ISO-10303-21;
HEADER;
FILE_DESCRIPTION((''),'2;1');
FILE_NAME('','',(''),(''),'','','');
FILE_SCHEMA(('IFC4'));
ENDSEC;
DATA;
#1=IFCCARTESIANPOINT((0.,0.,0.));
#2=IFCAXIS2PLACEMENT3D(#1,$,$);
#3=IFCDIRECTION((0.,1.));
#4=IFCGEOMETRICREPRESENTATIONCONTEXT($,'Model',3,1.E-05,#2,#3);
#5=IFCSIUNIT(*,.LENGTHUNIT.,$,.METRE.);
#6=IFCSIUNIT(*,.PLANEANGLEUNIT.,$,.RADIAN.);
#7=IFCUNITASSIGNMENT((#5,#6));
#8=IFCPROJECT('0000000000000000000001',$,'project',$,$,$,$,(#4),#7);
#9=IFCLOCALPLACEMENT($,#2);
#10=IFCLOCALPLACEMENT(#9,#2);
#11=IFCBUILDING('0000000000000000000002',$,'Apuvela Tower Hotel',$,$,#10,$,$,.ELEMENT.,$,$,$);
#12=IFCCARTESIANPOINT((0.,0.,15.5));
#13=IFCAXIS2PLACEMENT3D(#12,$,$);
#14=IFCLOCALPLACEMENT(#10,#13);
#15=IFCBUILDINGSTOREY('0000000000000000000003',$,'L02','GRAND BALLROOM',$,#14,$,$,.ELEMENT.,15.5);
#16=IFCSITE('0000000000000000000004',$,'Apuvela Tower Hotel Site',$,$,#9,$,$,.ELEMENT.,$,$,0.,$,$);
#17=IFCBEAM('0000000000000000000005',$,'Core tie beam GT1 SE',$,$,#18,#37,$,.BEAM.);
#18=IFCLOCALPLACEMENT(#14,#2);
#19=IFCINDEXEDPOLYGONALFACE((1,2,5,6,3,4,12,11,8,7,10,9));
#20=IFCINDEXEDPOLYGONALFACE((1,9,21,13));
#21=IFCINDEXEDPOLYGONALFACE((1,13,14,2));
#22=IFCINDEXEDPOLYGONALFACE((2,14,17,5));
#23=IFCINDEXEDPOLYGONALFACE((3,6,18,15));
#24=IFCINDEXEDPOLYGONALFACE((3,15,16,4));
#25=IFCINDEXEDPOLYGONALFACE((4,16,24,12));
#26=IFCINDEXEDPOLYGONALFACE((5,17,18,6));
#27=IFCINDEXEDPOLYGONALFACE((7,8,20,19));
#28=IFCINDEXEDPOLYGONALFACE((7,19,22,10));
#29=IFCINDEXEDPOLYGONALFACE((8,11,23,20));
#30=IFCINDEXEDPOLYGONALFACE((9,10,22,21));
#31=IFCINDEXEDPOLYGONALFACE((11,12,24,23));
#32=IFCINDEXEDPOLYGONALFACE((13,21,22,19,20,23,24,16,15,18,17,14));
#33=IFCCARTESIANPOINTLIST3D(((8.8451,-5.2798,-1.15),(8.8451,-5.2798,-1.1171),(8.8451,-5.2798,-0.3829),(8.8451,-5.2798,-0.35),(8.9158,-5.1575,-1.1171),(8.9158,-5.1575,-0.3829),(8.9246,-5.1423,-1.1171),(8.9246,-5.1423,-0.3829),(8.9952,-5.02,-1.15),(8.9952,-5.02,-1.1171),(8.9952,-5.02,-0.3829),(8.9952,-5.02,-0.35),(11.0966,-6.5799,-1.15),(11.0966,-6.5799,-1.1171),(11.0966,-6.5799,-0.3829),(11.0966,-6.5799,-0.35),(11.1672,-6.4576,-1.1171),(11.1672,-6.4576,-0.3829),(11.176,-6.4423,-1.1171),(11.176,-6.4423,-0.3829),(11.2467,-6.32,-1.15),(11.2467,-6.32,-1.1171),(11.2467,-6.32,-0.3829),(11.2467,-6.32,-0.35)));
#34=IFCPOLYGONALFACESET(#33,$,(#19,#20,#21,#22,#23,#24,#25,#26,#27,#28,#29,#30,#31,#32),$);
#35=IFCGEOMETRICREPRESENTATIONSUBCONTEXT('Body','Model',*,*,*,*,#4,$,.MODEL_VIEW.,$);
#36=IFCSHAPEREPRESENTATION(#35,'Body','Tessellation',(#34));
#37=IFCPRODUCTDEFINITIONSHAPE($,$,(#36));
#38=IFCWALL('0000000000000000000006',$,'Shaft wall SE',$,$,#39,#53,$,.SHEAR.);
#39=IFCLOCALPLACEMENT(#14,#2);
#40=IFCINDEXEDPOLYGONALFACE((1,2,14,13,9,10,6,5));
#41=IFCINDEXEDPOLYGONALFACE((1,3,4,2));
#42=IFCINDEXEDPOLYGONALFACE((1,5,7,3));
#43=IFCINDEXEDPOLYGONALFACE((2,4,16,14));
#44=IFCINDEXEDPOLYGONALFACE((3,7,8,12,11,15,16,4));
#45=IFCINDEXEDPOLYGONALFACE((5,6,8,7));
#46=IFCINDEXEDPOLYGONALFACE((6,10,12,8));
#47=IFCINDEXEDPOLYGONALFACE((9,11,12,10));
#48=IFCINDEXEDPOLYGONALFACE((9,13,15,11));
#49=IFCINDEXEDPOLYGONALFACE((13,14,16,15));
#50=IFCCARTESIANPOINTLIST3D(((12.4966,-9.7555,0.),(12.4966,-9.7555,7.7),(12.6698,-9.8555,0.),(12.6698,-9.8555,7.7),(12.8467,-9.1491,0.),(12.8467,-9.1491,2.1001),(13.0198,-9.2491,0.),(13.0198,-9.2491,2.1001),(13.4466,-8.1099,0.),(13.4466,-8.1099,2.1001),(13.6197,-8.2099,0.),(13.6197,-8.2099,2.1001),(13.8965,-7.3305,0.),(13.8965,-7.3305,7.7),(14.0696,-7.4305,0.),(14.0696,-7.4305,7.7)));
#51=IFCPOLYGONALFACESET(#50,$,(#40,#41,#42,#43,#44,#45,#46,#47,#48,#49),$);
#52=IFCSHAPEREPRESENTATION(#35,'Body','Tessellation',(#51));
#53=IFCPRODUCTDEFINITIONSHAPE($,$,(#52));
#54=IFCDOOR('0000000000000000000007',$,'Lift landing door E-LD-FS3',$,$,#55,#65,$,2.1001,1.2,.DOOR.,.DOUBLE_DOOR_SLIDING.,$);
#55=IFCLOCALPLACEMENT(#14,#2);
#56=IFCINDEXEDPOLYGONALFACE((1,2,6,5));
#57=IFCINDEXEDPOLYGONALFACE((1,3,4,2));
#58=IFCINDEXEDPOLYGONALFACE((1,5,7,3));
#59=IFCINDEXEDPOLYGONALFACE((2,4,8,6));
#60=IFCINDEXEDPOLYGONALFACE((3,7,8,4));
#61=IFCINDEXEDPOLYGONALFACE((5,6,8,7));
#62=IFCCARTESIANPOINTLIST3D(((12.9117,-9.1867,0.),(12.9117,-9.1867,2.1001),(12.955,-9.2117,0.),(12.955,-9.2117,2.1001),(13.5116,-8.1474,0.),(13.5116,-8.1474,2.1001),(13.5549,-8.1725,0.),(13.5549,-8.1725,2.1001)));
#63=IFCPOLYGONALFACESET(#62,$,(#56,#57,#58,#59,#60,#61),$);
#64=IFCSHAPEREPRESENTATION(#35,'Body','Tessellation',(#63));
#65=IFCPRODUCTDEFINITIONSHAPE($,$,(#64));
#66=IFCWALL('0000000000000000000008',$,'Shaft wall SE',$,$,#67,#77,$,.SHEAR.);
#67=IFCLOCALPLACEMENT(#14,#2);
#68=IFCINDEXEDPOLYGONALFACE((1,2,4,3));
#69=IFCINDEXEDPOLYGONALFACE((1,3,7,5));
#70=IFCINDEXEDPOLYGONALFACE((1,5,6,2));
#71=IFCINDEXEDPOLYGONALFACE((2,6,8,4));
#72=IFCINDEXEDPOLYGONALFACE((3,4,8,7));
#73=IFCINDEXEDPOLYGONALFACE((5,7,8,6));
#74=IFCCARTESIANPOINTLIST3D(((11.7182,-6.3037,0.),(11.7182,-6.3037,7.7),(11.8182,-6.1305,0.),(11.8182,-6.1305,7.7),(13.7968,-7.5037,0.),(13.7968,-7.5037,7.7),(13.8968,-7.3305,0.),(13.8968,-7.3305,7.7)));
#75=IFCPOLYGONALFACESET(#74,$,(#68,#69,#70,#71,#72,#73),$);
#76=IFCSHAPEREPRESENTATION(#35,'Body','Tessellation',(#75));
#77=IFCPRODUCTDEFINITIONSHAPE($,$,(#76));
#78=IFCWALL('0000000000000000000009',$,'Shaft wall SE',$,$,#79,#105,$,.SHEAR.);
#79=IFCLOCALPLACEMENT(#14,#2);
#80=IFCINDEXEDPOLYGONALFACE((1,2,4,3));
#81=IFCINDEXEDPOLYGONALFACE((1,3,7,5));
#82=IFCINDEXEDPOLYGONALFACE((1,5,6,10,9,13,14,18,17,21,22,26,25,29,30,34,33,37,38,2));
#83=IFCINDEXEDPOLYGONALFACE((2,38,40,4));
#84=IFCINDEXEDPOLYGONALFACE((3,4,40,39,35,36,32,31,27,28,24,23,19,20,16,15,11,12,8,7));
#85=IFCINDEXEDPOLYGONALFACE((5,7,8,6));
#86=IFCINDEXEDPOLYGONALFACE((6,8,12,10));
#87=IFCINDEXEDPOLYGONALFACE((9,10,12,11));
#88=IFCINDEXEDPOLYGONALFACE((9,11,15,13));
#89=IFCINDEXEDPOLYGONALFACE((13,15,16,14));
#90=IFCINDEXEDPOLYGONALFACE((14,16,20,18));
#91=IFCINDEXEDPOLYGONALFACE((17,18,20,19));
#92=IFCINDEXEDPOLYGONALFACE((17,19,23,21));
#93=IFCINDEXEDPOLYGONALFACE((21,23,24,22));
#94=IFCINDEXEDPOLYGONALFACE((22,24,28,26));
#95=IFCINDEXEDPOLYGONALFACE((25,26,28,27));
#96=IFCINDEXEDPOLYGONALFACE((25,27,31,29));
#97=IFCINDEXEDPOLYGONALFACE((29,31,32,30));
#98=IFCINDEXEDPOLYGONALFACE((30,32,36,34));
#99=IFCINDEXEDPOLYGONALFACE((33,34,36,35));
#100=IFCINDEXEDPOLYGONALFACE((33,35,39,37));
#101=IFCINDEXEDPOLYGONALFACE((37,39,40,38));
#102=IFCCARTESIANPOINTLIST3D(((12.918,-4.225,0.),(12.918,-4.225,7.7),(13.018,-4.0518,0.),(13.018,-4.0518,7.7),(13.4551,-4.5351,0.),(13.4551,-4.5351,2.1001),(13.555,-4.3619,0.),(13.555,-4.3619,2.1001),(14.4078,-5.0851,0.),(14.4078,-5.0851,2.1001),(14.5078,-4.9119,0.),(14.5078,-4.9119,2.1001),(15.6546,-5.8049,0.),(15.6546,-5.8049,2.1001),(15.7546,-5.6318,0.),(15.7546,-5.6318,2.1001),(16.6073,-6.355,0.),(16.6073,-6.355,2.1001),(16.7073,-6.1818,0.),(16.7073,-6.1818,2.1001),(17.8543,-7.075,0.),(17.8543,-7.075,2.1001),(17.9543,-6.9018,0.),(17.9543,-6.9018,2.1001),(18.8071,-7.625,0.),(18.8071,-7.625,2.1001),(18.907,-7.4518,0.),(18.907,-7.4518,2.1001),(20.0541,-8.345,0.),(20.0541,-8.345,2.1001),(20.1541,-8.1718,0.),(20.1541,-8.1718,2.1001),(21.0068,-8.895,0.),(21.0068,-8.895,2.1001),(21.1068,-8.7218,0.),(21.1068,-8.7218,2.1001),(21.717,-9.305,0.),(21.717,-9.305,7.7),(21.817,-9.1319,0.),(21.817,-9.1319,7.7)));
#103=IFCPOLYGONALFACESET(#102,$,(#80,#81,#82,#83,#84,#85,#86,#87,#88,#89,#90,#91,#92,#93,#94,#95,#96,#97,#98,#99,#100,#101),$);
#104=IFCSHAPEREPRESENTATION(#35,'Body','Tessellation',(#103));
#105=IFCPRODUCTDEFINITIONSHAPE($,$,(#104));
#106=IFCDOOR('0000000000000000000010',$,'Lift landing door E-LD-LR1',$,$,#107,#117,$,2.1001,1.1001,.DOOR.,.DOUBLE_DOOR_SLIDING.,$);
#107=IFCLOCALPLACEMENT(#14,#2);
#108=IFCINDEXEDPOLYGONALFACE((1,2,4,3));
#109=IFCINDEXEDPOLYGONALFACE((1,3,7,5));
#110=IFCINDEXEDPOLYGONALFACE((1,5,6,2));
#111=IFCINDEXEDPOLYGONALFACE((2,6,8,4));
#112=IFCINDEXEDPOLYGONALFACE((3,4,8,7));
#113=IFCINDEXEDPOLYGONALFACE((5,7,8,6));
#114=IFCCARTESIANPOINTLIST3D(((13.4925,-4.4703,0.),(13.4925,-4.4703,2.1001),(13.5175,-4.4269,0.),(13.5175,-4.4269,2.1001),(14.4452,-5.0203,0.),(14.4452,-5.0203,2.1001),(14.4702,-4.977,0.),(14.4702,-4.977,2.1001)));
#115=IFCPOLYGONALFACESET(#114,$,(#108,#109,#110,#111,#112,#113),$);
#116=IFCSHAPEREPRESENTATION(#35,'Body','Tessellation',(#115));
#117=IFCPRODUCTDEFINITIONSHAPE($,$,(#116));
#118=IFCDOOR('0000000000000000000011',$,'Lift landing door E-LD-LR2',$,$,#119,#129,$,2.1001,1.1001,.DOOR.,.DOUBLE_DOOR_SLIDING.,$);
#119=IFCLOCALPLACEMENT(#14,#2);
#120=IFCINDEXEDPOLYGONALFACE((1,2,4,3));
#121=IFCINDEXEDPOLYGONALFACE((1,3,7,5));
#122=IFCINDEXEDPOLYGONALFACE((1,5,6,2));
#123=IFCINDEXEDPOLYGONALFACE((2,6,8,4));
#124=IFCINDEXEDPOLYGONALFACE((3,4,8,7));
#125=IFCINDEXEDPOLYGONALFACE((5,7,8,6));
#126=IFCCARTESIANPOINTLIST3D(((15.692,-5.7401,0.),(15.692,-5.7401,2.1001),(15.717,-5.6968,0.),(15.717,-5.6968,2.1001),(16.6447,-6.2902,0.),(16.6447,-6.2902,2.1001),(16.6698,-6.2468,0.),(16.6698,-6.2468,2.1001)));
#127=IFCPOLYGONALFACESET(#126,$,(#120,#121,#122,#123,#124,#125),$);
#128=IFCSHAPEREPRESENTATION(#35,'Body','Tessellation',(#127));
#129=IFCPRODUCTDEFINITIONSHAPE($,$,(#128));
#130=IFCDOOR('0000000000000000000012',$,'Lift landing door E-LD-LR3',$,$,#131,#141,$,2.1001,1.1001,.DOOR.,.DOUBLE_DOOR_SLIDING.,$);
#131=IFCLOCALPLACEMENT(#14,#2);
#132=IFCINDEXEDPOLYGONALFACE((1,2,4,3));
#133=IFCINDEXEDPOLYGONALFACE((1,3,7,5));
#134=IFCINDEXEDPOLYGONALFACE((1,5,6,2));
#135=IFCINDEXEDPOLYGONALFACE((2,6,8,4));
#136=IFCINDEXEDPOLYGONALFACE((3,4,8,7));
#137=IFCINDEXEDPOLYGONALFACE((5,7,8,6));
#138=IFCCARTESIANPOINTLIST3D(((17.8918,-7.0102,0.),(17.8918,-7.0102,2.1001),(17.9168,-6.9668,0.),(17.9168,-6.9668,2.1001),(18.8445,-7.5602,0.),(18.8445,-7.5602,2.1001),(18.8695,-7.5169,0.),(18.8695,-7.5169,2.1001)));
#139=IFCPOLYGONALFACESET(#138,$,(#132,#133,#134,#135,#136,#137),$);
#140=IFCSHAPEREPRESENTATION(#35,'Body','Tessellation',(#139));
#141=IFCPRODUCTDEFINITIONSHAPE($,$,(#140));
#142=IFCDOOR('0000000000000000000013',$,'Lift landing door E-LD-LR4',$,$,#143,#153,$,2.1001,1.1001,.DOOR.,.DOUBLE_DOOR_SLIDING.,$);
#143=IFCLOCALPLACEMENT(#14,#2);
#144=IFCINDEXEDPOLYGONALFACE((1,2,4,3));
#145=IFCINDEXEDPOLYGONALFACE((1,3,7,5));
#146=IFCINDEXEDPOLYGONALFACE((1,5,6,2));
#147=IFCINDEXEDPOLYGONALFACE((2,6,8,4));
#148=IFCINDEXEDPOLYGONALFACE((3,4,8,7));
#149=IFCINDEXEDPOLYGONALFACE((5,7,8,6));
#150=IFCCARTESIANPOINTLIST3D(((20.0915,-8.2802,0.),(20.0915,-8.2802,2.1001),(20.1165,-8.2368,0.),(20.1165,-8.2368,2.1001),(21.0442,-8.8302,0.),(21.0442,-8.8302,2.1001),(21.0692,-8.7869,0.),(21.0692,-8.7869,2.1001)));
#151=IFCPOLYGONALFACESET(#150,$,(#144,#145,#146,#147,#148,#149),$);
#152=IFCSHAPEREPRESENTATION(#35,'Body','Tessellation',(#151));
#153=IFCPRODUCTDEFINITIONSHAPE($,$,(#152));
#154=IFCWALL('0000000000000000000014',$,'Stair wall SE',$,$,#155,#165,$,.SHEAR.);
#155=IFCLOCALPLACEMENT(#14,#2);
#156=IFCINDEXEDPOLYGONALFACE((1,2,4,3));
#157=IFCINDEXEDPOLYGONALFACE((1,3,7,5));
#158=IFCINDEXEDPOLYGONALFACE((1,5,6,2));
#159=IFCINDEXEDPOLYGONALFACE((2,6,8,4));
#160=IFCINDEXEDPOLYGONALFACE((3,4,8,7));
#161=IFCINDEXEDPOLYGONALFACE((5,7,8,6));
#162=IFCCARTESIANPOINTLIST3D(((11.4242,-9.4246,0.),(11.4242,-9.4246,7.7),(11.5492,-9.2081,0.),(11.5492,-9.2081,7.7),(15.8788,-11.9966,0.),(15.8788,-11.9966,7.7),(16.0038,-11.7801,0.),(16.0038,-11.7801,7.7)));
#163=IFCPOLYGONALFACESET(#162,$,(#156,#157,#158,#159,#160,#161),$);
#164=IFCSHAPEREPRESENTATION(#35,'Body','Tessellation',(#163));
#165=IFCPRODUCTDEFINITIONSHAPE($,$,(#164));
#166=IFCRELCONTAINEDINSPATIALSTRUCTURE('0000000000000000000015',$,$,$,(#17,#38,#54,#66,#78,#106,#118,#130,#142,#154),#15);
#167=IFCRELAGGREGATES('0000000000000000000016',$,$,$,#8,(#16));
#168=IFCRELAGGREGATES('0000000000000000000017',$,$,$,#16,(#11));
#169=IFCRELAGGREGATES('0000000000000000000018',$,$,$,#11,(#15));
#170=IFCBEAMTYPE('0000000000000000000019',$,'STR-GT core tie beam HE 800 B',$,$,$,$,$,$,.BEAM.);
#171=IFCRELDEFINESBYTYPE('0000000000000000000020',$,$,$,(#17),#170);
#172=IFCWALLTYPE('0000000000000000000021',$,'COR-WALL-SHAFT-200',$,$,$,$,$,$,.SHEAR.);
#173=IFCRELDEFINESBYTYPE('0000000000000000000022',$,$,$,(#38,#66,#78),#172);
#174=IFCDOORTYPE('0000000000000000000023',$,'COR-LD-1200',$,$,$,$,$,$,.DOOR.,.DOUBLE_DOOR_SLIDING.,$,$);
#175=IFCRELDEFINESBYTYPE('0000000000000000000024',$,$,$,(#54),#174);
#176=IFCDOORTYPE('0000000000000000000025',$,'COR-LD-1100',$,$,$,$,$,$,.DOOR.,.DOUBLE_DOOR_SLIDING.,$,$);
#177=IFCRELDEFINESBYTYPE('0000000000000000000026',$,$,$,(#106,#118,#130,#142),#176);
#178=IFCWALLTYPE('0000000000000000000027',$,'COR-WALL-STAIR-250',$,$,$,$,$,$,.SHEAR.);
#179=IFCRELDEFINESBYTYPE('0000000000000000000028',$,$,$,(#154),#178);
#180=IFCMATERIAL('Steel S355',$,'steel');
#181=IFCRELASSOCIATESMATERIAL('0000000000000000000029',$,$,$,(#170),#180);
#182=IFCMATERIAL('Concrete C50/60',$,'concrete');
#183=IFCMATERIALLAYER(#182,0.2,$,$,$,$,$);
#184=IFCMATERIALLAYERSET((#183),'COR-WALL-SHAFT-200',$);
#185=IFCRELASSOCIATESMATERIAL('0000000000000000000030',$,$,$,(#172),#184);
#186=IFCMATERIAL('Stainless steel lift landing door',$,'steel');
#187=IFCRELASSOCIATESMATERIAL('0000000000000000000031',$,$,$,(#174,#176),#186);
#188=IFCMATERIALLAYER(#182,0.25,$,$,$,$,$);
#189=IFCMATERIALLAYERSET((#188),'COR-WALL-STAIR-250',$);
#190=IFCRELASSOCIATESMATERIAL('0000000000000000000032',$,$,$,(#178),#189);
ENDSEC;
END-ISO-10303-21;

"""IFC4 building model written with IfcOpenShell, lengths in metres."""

from ifc_helpers import new_model, si_unit, direction, frame, frame_2d, origin, origin_2d, place, context, subcontext, project, spatial, rectangle, i_section, extrude, material, layer, layer_set, material_profile, profile_set, type_object, element, fill, save


model = new_model("IFC4")

# Units and contexts
model_context = context("Model", 3, precision=1e-05, world=origin(), true_north=direction((0.0, 1.0)))
body_context = subcontext(model_context, "Body", "Model", "MODEL_VIEW")
ifc_project = project(units=[si_unit("LENGTHUNIT", "METRE"), si_unit("PLANEANGLEUNIT", "RADIAN")], contexts=[model_context])

# Site, building, storey
site_placement = place(None, origin())
site = spatial("IfcSite", under=ifc_project, at=site_placement, Name="Apuvela Tower Hotel Site", CompositionType="ELEMENT", RefElevation=0.0)
building_placement = place(site_placement, origin())
building = spatial("IfcBuilding", under=site, at=building_placement, Name="Apuvela Tower Hotel", CompositionType="ELEMENT")
storey_placement = place(building_placement, frame((0.0, 0.0, 15.5)))
storey = spatial("IfcBuildingStorey", under=building, at=storey_placement, Name="L02", Description="GRAND BALLROOM", CompositionType="ELEMENT", Elevation=15.5)

# Beam
ifc_material_1 = material(Name="Steel S355", Category="steel")
ifc_material_profile = material_profile(ifc_material_1, i_section(OverallWidth=0.3, OverallDepth=0.8, WebThickness=0.0176, FlangeThickness=0.033, at=origin_2d()), Name="HE 800 B")
ifc_profile_set = profile_set([ifc_material_profile], Name="Steel S355")
beam_type = type_object("IfcBeamType", Name="STR-GT core tie beam HE 800 B", PredefinedType="BEAM", material=ifc_profile_set)
beam_placement = place(storey_placement, frame((11.1716, -6.45, -0.75), z_axis=(-0.865998, 0.500048, 0.0), x_axis=(-0.500048, -0.865998, 0.0)))
element("IfcBeam", 1, at=beam_placement, inside=storey, type_object=beam_type, Name="Core tie beam GT1 SE", PredefinedType="BEAM", context=body_context, shape_type="SweptSolid", body=[
    extrude(i_section(OverallWidth=0.3, OverallDepth=0.8, WebThickness=0.0176, FlangeThickness=0.033, at=origin_2d()), origin(), (0.0, 0.0, 1.0), 2.5999),
])

# Wall, opening, door
ifc_material_2 = material(Name="Concrete C50/60", Category="concrete")
ifc_layer_1 = layer(ifc_material_2, 0.2)
ifc_layer_set_1 = layer_set([ifc_layer_1], Name="COR-WALL-SHAFT-200")
wall_type_1 = type_object("IfcWallType", Name="COR-WALL-SHAFT-200", PredefinedType="SHEAR", material=ifc_layer_set_1)
wall_1_placement = place(storey_placement, frame((12.5833, -9.8054, 0.0), z_axis=(0.0, 0.0, 1.0), x_axis=(0.499946, 0.866056, 0.0)))
wall_1 = element("IfcWall", 2, at=wall_1_placement, inside=storey, type_object=wall_type_1, Name="Shaft wall SE", PredefinedType="SHEAR", context=body_context, shape_type="SweptSolid", body=[
    extrude(rectangle(XDim=2.8, YDim=0.2, at=frame_2d((1.3999, 0.0))), origin(), (0.0, 0.0, 1.0), 7.7),
])
opening_1_placement = place(wall_1_placement, frame((0.7, 0.0, 0.0)))
opening_1 = element("IfcOpeningElement", 3, at=opening_1_placement, cuts=wall_1, PredefinedType="OPENING", context=body_context, shape_type="SweptSolid", body=[
    extrude(rectangle(XDim=1.2, YDim=2.1001, at=frame_2d((0.6001, 1.05))), frame((0.0, 0.1099, 0.0), z_axis=(0.0, -1.0, 0.0), x_axis=(1.0, 0.0, 0.0)), (0.0, 0.0, 1.0), 0.22),
])
ifc_material_3 = material(Name="Stainless steel lift landing door", Category="steel")
door_type_1 = type_object("IfcDoorType", Name="COR-LD-1200", OperationType="DOUBLE_DOOR_SLIDING", PredefinedType="DOOR", material=ifc_material_3)
door_1_placement = place(opening_1_placement, origin())
door_1 = element("IfcDoor", 4, at=door_1_placement, inside=storey, type_object=door_type_1, Name="Lift landing door E-LD-FS3", OperationType="DOUBLE_DOOR_SLIDING", OverallHeight=2.1001, OverallWidth=1.2, PredefinedType="DOOR", context=body_context, shape_type="SweptSolid", body=[
    extrude(rectangle(XDim=1.2, YDim=2.1001, at=frame_2d((0.6001, 1.05))), frame((0.0, 0.0249, 0.0), z_axis=(0.0, -1.0, 0.0), x_axis=(1.0, 0.0, 0.0)), (0.0, 0.0, 1.0), 0.05),
])
fill(opening_1, door_1)

# Wall
wall_2_placement = place(storey_placement, frame((11.7681, -6.217, 0.0), z_axis=(0.0, 0.0, 1.0), x_axis=(0.86605, -0.499957, 0.0)))
element("IfcWall", 5, at=wall_2_placement, inside=storey, type_object=wall_type_1, Name="Shaft wall SE", PredefinedType="SHEAR", context=body_context, shape_type="SweptSolid", body=[
    extrude(rectangle(XDim=2.4001, YDim=0.2, at=frame_2d((1.2002, 0.0))), origin(), (0.0, 0.0, 1.0), 7.7),
])

# Wall, openings, doors
wall_3_placement = place(storey_placement, frame((12.968, -4.1384, 0.0), z_axis=(0.0, 0.0, 1.0), x_axis=(0.866028, -0.499995, 0.0)))
wall_3 = element("IfcWall", 6, at=wall_3_placement, inside=storey, type_object=wall_type_1, Name="Shaft wall SE", PredefinedType="SHEAR", context=body_context, shape_type="SweptSolid", body=[
    extrude(rectangle(XDim=10.1602, YDim=0.2, at=frame_2d((5.0801, 0.0))), origin(), (0.0, 0.0, 1.0), 7.7),
])
opening_2_placement = place(wall_3_placement, frame((0.6201, 0.0, 0.0)))
opening_2 = element("IfcOpeningElement", 7, at=opening_2_placement, cuts=wall_3, PredefinedType="OPENING", context=body_context, shape_type="SweptSolid", body=[
    extrude(rectangle(XDim=1.1001, YDim=2.1001, at=frame_2d((0.55, 1.05))), frame((0.0, 0.1099, 0.0), z_axis=(0.0, -1.0, 0.0), x_axis=(1.0, 0.0, 0.0)), (0.0, 0.0, 1.0), 0.22),
])
opening_3_placement = place(wall_3_placement, frame((3.1599, 0.0, 0.0)))
opening_3 = element("IfcOpeningElement", 8, at=opening_3_placement, cuts=wall_3, PredefinedType="OPENING", context=body_context, shape_type="SweptSolid", body=[
    extrude(rectangle(XDim=1.1001, YDim=2.1001, at=frame_2d((0.55, 1.05))), frame((0.0, 0.1099, 0.0), z_axis=(0.0, -1.0, 0.0), x_axis=(1.0, 0.0, 0.0)), (0.0, 0.0, 1.0), 0.22),
])
opening_4_placement = place(wall_3_placement, frame((5.7, 0.0, 0.0)))
opening_4 = element("IfcOpeningElement", 9, at=opening_4_placement, cuts=wall_3, PredefinedType="OPENING", context=body_context, shape_type="SweptSolid", body=[
    extrude(rectangle(XDim=1.1001, YDim=2.1001, at=frame_2d((0.55, 1.05))), frame((0.0, 0.1099, 0.0), z_axis=(0.0, -1.0, 0.0), x_axis=(1.0, 0.0, 0.0)), (0.0, 0.0, 1.0), 0.22),
])
opening_5_placement = place(wall_3_placement, frame((8.24, 0.0, 0.0)))
opening_5 = element("IfcOpeningElement", 10, at=opening_5_placement, cuts=wall_3, PredefinedType="OPENING", context=body_context, shape_type="SweptSolid", body=[
    extrude(rectangle(XDim=1.1001, YDim=2.1001, at=frame_2d((0.55, 1.05))), frame((0.0, 0.1099, 0.0), z_axis=(0.0, -1.0, 0.0), x_axis=(1.0, 0.0, 0.0)), (0.0, 0.0, 1.0), 0.22),
])
door_type_2 = type_object("IfcDoorType", Name="COR-LD-1100", OperationType="DOUBLE_DOOR_SLIDING", PredefinedType="DOOR", material=ifc_material_3)
door_2_placement = place(opening_2_placement, origin())
door_2 = element("IfcDoor", 11, at=door_2_placement, inside=storey, type_object=door_type_2, Name="Lift landing door E-LD-LR1", OperationType="DOUBLE_DOOR_SLIDING", OverallHeight=2.1001, OverallWidth=1.1001, PredefinedType="DOOR", context=body_context, shape_type="SweptSolid", body=[
    extrude(rectangle(XDim=1.1001, YDim=2.1001, at=frame_2d((0.55, 1.05))), frame((0.0, 0.0249, 0.0), z_axis=(0.0, -1.0, 0.0), x_axis=(1.0, 0.0, 0.0)), (0.0, 0.0, 1.0), 0.05),
])
fill(opening_2, door_2)
door_3_placement = place(opening_3_placement, origin())
door_3 = element("IfcDoor", 12, at=door_3_placement, inside=storey, type_object=door_type_2, Name="Lift landing door E-LD-LR2", OperationType="DOUBLE_DOOR_SLIDING", OverallHeight=2.1001, OverallWidth=1.1001, PredefinedType="DOOR", context=body_context, shape_type="SweptSolid", body=[
    extrude(rectangle(XDim=1.1001, YDim=2.1001, at=frame_2d((0.55, 1.05))), frame((0.0, 0.0249, 0.0), z_axis=(0.0, -1.0, 0.0), x_axis=(1.0, 0.0, 0.0)), (0.0, 0.0, 1.0), 0.05),
])
fill(opening_3, door_3)
door_4_placement = place(opening_4_placement, origin())
door_4 = element("IfcDoor", 13, at=door_4_placement, inside=storey, type_object=door_type_2, Name="Lift landing door E-LD-LR3", OperationType="DOUBLE_DOOR_SLIDING", OverallHeight=2.1001, OverallWidth=1.1001, PredefinedType="DOOR", context=body_context, shape_type="SweptSolid", body=[
    extrude(rectangle(XDim=1.1001, YDim=2.1001, at=frame_2d((0.55, 1.05))), frame((0.0, 0.0249, 0.0), z_axis=(0.0, -1.0, 0.0), x_axis=(1.0, 0.0, 0.0)), (0.0, 0.0, 1.0), 0.05),
])
fill(opening_4, door_4)
door_5_placement = place(opening_5_placement, origin())
door_5 = element("IfcDoor", 14, at=door_5_placement, inside=storey, type_object=door_type_2, Name="Lift landing door E-LD-LR4", OperationType="DOUBLE_DOOR_SLIDING", OverallHeight=2.1001, OverallWidth=1.1001, PredefinedType="DOOR", context=body_context, shape_type="SweptSolid", body=[
    extrude(rectangle(XDim=1.1001, YDim=2.1001, at=frame_2d((0.55, 1.05))), frame((0.0, 0.0249, 0.0), z_axis=(0.0, -1.0, 0.0), x_axis=(1.0, 0.0, 0.0)), (0.0, 0.0, 1.0), 0.05),
])
fill(opening_5, door_5)

# Wall
ifc_layer_2 = layer(ifc_material_2, 0.25)
ifc_layer_set_2 = layer_set([ifc_layer_2], Name="COR-WALL-STAIR-250")
wall_type_2 = type_object("IfcWallType", Name="COR-WALL-STAIR-250", PredefinedType="SHEAR", material=ifc_layer_set_2)
wall_4_placement = place(storey_placement, frame((11.4868, -9.3164, 0.0), z_axis=(0.0, 0.0, 1.0), x_axis=(0.866012, -0.500024, 0.0)))
element("IfcWall", 15, at=wall_4_placement, inside=storey, type_object=wall_type_2, Name="Stair wall SE", PredefinedType="SHEAR", context=body_context, shape_type="SweptSolid", body=[
    extrude(rectangle(XDim=5.1438, YDim=0.25, at=frame_2d((2.5718, 0.0))), origin(), (0.0, 0.0, 1.0), 7.7),
])

save(model, "model.ifc")
